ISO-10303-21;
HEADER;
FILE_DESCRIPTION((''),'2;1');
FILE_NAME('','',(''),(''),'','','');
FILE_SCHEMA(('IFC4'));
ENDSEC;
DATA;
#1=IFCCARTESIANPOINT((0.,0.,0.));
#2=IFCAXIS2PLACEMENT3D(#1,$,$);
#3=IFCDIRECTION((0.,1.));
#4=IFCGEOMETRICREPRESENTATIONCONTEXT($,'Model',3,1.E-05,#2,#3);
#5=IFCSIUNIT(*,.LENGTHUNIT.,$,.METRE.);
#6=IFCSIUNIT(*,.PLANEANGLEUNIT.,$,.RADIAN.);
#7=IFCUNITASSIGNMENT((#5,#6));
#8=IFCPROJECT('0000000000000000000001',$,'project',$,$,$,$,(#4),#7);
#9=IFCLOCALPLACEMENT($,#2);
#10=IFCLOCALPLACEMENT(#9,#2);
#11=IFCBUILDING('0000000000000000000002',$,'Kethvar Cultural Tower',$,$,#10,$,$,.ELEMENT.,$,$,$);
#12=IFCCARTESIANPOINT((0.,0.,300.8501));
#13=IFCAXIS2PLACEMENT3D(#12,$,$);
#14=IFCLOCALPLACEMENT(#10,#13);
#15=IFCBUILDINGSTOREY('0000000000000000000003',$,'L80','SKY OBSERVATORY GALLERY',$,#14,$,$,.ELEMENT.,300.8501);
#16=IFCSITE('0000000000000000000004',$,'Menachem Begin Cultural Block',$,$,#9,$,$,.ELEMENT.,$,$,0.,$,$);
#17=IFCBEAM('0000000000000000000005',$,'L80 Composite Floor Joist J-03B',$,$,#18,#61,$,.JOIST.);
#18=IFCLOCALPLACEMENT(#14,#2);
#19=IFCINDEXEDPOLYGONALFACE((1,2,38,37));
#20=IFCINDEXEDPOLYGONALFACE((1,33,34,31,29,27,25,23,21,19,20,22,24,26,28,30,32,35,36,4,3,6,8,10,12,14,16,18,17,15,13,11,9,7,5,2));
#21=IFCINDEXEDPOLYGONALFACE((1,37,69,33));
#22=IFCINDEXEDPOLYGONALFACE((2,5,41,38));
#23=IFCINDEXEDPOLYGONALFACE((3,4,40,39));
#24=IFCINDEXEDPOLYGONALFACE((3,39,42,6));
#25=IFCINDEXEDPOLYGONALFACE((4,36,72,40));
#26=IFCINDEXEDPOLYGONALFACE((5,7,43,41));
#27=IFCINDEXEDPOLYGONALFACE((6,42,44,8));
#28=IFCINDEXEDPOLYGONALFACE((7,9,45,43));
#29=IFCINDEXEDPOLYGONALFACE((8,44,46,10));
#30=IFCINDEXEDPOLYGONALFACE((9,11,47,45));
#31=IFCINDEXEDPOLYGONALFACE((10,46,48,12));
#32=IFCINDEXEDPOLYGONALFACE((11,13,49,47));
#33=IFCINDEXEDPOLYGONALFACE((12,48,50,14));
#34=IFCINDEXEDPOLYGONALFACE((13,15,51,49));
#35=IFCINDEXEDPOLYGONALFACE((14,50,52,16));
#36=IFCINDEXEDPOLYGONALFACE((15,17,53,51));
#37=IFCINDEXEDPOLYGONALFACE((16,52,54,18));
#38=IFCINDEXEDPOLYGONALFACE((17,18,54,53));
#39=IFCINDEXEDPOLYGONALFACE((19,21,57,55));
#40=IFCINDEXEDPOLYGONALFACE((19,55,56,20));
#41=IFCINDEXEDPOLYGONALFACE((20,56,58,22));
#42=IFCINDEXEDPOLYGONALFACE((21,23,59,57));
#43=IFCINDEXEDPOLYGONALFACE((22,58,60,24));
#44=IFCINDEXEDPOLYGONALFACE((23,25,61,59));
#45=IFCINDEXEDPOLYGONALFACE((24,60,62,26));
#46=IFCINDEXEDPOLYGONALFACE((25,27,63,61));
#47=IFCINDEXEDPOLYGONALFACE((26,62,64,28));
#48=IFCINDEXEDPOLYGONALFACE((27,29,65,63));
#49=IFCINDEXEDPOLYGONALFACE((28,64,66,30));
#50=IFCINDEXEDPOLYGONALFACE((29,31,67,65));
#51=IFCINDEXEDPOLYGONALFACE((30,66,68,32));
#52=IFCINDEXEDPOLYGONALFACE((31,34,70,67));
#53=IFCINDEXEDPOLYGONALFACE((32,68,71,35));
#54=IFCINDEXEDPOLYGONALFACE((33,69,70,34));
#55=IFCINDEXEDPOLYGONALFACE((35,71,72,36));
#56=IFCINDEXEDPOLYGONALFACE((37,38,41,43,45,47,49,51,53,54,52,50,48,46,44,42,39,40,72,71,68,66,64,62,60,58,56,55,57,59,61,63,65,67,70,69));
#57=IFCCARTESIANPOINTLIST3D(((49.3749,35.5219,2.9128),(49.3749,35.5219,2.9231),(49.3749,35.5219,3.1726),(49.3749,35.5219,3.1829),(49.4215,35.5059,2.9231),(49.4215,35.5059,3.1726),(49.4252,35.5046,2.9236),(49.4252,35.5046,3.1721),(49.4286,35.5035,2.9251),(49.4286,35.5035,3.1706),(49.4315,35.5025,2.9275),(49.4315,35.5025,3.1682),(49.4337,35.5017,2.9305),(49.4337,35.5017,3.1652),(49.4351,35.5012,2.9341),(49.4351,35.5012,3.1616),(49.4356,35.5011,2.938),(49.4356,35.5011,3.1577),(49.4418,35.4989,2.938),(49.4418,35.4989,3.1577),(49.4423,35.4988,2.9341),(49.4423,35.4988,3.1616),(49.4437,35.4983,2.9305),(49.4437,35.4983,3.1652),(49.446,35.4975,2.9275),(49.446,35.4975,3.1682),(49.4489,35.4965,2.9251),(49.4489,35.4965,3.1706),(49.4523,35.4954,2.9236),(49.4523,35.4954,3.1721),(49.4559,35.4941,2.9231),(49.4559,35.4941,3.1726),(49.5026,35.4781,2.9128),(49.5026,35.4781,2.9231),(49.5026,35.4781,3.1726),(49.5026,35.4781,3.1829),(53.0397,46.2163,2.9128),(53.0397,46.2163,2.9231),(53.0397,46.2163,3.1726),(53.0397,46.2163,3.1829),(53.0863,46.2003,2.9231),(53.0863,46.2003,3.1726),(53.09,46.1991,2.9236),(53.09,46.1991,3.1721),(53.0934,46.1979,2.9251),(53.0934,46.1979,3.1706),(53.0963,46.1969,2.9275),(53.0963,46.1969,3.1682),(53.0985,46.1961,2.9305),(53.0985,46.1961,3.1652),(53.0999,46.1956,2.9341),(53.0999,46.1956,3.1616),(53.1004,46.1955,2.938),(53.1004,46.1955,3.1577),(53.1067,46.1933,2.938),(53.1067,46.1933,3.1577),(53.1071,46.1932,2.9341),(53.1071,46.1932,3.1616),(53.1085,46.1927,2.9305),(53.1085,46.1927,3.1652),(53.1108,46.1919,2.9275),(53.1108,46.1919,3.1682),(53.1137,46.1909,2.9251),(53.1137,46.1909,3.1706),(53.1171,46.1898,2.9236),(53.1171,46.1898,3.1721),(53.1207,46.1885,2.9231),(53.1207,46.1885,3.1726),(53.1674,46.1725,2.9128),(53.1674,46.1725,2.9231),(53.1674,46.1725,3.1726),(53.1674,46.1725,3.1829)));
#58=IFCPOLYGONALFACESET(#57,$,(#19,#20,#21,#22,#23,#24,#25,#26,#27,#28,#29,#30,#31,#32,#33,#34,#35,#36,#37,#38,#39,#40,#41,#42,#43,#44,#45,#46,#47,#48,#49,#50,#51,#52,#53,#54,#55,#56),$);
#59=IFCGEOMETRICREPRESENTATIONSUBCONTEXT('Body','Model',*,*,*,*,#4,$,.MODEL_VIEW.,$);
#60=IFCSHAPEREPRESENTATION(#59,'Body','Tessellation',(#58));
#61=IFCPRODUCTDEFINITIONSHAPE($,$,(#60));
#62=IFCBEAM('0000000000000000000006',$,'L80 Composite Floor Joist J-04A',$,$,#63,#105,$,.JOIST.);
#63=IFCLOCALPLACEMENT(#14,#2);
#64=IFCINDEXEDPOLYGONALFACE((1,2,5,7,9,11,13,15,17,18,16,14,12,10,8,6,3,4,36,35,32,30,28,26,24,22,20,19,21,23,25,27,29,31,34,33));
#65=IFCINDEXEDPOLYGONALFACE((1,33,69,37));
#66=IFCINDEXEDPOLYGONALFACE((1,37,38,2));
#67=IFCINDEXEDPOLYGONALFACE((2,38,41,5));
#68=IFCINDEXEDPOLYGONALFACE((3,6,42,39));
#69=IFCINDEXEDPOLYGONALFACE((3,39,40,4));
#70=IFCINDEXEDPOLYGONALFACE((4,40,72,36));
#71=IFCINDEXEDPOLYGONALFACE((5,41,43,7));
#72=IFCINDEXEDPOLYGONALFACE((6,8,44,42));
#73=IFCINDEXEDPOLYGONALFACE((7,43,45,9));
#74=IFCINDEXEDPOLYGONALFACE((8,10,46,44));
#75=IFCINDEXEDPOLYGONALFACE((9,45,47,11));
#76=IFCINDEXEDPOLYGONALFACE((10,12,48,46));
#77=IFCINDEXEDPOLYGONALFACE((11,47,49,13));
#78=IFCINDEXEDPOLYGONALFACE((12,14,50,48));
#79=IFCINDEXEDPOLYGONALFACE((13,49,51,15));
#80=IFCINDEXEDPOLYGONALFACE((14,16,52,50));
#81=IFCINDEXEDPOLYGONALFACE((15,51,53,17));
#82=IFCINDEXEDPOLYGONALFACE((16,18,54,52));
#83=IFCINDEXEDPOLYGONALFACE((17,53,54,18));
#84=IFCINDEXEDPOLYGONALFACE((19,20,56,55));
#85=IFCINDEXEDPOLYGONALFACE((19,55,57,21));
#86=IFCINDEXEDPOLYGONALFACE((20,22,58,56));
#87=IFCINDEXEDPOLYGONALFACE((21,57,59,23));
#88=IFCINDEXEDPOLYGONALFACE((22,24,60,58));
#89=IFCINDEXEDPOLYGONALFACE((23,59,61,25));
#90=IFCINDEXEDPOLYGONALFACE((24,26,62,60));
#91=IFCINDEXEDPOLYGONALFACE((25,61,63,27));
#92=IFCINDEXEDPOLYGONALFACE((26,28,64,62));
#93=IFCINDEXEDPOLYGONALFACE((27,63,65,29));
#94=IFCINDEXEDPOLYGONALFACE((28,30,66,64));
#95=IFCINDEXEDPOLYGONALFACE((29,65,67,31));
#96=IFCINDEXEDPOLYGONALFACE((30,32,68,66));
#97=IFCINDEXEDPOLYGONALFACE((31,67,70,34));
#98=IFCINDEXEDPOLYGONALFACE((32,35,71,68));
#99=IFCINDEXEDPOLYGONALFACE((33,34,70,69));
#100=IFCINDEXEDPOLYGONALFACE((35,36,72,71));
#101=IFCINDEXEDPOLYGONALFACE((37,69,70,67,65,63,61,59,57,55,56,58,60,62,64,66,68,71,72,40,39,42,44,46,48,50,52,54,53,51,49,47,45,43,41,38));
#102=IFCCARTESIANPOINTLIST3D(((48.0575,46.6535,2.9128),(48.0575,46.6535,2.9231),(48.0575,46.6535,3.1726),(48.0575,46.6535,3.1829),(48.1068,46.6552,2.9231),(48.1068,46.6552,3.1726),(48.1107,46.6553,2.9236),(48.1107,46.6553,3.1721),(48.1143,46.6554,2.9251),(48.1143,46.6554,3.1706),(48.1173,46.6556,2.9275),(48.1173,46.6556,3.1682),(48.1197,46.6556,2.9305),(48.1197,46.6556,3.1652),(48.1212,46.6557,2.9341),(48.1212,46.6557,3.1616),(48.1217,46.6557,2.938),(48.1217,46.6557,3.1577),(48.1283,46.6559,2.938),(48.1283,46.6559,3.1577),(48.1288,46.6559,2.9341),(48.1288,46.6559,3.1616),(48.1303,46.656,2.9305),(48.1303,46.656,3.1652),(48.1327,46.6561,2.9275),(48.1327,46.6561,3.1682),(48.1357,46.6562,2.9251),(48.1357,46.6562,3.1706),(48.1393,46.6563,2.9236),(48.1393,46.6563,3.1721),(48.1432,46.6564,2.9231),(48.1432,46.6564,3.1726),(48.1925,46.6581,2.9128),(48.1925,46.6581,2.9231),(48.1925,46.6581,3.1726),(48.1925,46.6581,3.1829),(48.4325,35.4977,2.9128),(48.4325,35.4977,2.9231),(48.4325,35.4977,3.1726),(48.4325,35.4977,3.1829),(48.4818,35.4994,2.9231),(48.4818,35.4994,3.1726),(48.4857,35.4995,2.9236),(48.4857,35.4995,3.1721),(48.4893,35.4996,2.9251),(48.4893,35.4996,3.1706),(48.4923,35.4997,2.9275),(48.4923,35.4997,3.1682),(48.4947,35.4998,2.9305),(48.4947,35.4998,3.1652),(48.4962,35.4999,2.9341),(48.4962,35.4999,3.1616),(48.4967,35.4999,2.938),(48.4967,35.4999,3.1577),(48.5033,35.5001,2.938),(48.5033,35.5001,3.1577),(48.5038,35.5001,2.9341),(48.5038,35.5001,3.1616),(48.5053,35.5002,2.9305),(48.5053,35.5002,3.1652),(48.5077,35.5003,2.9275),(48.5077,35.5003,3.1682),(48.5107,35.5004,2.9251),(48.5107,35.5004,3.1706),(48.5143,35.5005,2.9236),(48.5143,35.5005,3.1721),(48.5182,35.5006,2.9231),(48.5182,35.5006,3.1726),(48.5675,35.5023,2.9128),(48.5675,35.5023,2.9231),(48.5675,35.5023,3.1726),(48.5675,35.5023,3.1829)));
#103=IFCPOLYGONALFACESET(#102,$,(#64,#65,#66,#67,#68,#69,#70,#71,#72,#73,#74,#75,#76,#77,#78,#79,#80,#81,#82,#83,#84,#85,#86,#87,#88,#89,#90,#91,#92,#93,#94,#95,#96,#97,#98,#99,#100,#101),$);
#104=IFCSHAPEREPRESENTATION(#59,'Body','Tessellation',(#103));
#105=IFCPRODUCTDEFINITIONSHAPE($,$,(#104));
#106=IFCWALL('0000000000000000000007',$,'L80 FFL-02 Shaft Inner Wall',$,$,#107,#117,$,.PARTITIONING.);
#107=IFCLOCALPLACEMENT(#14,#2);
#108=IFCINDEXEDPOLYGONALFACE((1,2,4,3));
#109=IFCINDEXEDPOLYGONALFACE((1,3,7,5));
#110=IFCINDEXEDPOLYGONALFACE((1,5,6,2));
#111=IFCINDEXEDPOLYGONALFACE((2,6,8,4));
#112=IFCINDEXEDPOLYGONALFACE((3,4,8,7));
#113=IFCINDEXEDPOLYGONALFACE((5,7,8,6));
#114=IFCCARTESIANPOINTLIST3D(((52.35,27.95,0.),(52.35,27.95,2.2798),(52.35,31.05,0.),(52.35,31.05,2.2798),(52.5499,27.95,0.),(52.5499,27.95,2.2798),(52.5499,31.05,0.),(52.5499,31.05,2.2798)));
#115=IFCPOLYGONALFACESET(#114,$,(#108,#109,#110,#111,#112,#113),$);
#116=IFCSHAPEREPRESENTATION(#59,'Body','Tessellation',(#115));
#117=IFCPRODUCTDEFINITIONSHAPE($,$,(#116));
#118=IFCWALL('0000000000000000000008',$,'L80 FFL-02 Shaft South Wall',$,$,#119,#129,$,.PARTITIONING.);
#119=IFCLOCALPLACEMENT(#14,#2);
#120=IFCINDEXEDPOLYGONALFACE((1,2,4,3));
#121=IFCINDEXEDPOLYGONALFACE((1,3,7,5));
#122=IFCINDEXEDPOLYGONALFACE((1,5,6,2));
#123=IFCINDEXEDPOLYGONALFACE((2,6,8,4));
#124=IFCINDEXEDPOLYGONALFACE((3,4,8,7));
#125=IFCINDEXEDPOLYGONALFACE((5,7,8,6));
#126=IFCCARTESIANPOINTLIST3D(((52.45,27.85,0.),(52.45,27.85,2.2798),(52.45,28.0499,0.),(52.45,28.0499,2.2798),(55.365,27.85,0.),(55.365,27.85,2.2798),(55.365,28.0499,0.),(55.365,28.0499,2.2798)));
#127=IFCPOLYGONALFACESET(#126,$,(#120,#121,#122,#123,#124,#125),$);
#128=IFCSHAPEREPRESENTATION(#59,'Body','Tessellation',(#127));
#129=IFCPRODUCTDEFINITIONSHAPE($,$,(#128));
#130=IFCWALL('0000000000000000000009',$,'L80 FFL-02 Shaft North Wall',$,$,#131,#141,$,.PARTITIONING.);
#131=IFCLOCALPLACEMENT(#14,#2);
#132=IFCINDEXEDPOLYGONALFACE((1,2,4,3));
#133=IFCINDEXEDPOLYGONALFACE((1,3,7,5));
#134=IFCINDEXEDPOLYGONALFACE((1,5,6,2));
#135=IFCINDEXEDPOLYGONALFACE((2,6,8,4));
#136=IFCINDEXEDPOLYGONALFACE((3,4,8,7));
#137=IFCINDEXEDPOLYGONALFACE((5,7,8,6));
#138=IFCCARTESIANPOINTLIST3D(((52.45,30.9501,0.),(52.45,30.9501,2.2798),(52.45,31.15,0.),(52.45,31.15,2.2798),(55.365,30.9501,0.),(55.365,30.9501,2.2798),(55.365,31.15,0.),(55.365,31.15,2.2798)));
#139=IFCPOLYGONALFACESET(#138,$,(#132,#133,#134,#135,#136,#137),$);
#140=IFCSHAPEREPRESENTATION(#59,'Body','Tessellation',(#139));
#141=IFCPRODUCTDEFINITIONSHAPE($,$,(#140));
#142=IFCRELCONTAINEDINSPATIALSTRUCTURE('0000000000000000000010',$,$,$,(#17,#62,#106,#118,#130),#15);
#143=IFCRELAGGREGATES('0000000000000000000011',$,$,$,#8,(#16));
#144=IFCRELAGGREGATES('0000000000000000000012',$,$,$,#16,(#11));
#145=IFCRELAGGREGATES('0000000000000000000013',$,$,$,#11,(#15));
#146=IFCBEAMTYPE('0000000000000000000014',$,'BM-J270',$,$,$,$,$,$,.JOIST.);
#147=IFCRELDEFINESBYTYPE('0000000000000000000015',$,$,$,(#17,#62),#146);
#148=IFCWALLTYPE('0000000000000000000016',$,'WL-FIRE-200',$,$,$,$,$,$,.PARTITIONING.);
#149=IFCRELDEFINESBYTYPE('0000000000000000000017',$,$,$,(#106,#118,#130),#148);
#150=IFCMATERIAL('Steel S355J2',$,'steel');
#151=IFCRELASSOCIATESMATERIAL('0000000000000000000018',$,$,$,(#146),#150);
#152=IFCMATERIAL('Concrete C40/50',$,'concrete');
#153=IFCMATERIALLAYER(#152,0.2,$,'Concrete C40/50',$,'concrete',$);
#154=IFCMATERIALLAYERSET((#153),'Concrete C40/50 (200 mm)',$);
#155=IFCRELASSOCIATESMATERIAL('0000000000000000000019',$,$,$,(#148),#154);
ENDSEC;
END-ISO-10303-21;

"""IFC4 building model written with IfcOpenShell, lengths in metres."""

from ifc_helpers import new_model, si_unit, direction, frame, frame_2d, origin, origin_2d, place, context, subcontext, project, spatial, rectangle, i_section, extrude, source, transform, mapped, material, layer, layer_set, material_profile, profile_set, type_object, element, save


model = new_model("IFC4")

# Units and contexts
model_context = context("Model", 3, precision=1e-05, world=origin(), true_north=direction((0.0, 1.0)))
body_context = subcontext(model_context, "Body", "Model", "MODEL_VIEW")
ifc_project = project(units=[si_unit("LENGTHUNIT", "METRE"), si_unit("PLANEANGLEUNIT", "RADIAN")], contexts=[model_context])

# Site, building, storey
site_placement = place(None, origin())
site = spatial("IfcSite", under=ifc_project, at=site_placement, Name="Menachem Begin Cultural Block", CompositionType="ELEMENT", RefElevation=0.0)
building_placement = place(site_placement, origin())
building = spatial("IfcBuilding", under=site, at=building_placement, Name="Kethvar Cultural Tower", CompositionType="ELEMENT")
storey_placement = place(building_placement, frame((0.0, 0.0, 300.8501)))
storey = spatial("IfcBuildingStorey", under=building, at=storey_placement, Name="L80", Description="SKY OBSERVATORY GALLERY", CompositionType="ELEMENT", Elevation=300.8501)

# Beams
ifc_material_1 = material(Name="Steel S355J2", Category="steel")
ifc_material_profile_1 = material_profile(ifc_material_1, i_section(OverallWidth=0.135, OverallDepth=0.27, WebThickness=0.0066, FlangeThickness=0.0103, FilletRadius=0.0149, at=origin_2d()), Name="Steel S355J2 — IPE270")
ifc_profile_set_1 = profile_set([ifc_material_profile_1], Name="Steel S355J2 — IPE270")
beam_type_1 = type_object("IfcBeamType", Name="BM-J270", PredefinedType="JOIST", material=ifc_profile_set_1)
shared_shape_1 = source(origin(), body_context, "Body", "SweptSolid", [
    extrude(i_section(OverallWidth=0.135, OverallDepth=0.27, WebThickness=0.0066, FlangeThickness=0.0103, FilletRadius=0.0149, at=origin_2d()), origin(), (0.0, 0.0, 1.0), 11.3049),
])
beam_1_placement = place(storey_placement, frame((49.4387, 35.5, 3.0479), z_axis=(0.324179, 0.945996, 0.0), x_axis=(-0.945996, 0.324179, 0.0)))
element("IfcBeam", 1, at=beam_1_placement, inside=storey, type_object=beam_type_1, Name="L80 Composite Floor Joist J-03B", PredefinedType="JOIST", context=body_context, shape_type="MappedRepresentation", body=[
    mapped(shared_shape_1, transform((0.0, 0.0, 0.0), scale=1.0)),
])
shared_shape_2 = source(origin(), body_context, "Body", "SweptSolid", [
    extrude(i_section(OverallWidth=0.135, OverallDepth=0.27, WebThickness=0.0066, FlangeThickness=0.0103, FilletRadius=0.0149, at=origin_2d()), origin(), (0.0, 0.0, 1.0), 11.1621),
])
beam_2_placement = place(storey_placement, frame((48.5, 35.5, 3.0479), z_axis=(-0.033596, 0.999435, 0.0), x_axis=(-0.999435, -0.033596, 0.0)))
element("IfcBeam", 2, at=beam_2_placement, inside=storey, type_object=beam_type_1, Name="L80 Composite Floor Joist J-04A", PredefinedType="JOIST", context=body_context, shape_type="MappedRepresentation", body=[
    mapped(shared_shape_2, transform((0.0, 0.0, 0.0), scale=1.0)),
])

# Walls
ifc_material_2 = material(Name="Concrete C40/50", Category="concrete")
ifc_layer_1 = layer(ifc_material_2, 0.2, Name="Concrete C40/50", Category="concrete")
ifc_layer_set_1 = layer_set([ifc_layer_1], Name="Concrete C40/50 (200 mm)")
wall_type_1 = type_object("IfcWallType", Name="WL-FIRE-200", PredefinedType="PARTITIONING", material=ifc_layer_set_1)
wall_1_placement = place(storey_placement, frame((52.45, 27.95, 0.0), z_axis=(0.0, 0.0, 1.0), x_axis=(0.0, 1.0, 0.0)))
element("IfcWall", 3, at=wall_1_placement, inside=storey, type_object=wall_type_1, Name="L80 FFL-02 Shaft Inner Wall", PredefinedType="PARTITIONING", context=body_context, shape_type="SweptSolid", body=[
    extrude(rectangle(XDim=3.1001, YDim=0.2, at=frame_2d((1.55, 0.0))), origin(), (0.0, 0.0, 1.0), 2.2798),
])
for number, where, z_axis, x_axis, name in (
    (4, (52.45, 27.95, 0.0), (0.0, 0.0, 1.0), (1.0, 0.0, 0.0), "L80 FFL-02 Shaft South Wall"),
    (5, (52.45, 31.05, 0.0), (0.0, 0.0, 1.0), (1.0, 0.0, 0.0), "L80 FFL-02 Shaft North Wall"),
):
    element("IfcWall", number, at=place(storey_placement, frame(where, z_axis=z_axis, x_axis=x_axis)), inside=storey, type_object=wall_type_1, Name=name, PredefinedType="PARTITIONING", context=body_context, shape_type="SweptSolid", body=[
        extrude(rectangle(XDim=2.915, YDim=0.2, at=frame_2d((1.4575, 0.0))), origin(), (0.0, 0.0, 1.0), 2.2798),
    ])

save(model, "model.ifc")
